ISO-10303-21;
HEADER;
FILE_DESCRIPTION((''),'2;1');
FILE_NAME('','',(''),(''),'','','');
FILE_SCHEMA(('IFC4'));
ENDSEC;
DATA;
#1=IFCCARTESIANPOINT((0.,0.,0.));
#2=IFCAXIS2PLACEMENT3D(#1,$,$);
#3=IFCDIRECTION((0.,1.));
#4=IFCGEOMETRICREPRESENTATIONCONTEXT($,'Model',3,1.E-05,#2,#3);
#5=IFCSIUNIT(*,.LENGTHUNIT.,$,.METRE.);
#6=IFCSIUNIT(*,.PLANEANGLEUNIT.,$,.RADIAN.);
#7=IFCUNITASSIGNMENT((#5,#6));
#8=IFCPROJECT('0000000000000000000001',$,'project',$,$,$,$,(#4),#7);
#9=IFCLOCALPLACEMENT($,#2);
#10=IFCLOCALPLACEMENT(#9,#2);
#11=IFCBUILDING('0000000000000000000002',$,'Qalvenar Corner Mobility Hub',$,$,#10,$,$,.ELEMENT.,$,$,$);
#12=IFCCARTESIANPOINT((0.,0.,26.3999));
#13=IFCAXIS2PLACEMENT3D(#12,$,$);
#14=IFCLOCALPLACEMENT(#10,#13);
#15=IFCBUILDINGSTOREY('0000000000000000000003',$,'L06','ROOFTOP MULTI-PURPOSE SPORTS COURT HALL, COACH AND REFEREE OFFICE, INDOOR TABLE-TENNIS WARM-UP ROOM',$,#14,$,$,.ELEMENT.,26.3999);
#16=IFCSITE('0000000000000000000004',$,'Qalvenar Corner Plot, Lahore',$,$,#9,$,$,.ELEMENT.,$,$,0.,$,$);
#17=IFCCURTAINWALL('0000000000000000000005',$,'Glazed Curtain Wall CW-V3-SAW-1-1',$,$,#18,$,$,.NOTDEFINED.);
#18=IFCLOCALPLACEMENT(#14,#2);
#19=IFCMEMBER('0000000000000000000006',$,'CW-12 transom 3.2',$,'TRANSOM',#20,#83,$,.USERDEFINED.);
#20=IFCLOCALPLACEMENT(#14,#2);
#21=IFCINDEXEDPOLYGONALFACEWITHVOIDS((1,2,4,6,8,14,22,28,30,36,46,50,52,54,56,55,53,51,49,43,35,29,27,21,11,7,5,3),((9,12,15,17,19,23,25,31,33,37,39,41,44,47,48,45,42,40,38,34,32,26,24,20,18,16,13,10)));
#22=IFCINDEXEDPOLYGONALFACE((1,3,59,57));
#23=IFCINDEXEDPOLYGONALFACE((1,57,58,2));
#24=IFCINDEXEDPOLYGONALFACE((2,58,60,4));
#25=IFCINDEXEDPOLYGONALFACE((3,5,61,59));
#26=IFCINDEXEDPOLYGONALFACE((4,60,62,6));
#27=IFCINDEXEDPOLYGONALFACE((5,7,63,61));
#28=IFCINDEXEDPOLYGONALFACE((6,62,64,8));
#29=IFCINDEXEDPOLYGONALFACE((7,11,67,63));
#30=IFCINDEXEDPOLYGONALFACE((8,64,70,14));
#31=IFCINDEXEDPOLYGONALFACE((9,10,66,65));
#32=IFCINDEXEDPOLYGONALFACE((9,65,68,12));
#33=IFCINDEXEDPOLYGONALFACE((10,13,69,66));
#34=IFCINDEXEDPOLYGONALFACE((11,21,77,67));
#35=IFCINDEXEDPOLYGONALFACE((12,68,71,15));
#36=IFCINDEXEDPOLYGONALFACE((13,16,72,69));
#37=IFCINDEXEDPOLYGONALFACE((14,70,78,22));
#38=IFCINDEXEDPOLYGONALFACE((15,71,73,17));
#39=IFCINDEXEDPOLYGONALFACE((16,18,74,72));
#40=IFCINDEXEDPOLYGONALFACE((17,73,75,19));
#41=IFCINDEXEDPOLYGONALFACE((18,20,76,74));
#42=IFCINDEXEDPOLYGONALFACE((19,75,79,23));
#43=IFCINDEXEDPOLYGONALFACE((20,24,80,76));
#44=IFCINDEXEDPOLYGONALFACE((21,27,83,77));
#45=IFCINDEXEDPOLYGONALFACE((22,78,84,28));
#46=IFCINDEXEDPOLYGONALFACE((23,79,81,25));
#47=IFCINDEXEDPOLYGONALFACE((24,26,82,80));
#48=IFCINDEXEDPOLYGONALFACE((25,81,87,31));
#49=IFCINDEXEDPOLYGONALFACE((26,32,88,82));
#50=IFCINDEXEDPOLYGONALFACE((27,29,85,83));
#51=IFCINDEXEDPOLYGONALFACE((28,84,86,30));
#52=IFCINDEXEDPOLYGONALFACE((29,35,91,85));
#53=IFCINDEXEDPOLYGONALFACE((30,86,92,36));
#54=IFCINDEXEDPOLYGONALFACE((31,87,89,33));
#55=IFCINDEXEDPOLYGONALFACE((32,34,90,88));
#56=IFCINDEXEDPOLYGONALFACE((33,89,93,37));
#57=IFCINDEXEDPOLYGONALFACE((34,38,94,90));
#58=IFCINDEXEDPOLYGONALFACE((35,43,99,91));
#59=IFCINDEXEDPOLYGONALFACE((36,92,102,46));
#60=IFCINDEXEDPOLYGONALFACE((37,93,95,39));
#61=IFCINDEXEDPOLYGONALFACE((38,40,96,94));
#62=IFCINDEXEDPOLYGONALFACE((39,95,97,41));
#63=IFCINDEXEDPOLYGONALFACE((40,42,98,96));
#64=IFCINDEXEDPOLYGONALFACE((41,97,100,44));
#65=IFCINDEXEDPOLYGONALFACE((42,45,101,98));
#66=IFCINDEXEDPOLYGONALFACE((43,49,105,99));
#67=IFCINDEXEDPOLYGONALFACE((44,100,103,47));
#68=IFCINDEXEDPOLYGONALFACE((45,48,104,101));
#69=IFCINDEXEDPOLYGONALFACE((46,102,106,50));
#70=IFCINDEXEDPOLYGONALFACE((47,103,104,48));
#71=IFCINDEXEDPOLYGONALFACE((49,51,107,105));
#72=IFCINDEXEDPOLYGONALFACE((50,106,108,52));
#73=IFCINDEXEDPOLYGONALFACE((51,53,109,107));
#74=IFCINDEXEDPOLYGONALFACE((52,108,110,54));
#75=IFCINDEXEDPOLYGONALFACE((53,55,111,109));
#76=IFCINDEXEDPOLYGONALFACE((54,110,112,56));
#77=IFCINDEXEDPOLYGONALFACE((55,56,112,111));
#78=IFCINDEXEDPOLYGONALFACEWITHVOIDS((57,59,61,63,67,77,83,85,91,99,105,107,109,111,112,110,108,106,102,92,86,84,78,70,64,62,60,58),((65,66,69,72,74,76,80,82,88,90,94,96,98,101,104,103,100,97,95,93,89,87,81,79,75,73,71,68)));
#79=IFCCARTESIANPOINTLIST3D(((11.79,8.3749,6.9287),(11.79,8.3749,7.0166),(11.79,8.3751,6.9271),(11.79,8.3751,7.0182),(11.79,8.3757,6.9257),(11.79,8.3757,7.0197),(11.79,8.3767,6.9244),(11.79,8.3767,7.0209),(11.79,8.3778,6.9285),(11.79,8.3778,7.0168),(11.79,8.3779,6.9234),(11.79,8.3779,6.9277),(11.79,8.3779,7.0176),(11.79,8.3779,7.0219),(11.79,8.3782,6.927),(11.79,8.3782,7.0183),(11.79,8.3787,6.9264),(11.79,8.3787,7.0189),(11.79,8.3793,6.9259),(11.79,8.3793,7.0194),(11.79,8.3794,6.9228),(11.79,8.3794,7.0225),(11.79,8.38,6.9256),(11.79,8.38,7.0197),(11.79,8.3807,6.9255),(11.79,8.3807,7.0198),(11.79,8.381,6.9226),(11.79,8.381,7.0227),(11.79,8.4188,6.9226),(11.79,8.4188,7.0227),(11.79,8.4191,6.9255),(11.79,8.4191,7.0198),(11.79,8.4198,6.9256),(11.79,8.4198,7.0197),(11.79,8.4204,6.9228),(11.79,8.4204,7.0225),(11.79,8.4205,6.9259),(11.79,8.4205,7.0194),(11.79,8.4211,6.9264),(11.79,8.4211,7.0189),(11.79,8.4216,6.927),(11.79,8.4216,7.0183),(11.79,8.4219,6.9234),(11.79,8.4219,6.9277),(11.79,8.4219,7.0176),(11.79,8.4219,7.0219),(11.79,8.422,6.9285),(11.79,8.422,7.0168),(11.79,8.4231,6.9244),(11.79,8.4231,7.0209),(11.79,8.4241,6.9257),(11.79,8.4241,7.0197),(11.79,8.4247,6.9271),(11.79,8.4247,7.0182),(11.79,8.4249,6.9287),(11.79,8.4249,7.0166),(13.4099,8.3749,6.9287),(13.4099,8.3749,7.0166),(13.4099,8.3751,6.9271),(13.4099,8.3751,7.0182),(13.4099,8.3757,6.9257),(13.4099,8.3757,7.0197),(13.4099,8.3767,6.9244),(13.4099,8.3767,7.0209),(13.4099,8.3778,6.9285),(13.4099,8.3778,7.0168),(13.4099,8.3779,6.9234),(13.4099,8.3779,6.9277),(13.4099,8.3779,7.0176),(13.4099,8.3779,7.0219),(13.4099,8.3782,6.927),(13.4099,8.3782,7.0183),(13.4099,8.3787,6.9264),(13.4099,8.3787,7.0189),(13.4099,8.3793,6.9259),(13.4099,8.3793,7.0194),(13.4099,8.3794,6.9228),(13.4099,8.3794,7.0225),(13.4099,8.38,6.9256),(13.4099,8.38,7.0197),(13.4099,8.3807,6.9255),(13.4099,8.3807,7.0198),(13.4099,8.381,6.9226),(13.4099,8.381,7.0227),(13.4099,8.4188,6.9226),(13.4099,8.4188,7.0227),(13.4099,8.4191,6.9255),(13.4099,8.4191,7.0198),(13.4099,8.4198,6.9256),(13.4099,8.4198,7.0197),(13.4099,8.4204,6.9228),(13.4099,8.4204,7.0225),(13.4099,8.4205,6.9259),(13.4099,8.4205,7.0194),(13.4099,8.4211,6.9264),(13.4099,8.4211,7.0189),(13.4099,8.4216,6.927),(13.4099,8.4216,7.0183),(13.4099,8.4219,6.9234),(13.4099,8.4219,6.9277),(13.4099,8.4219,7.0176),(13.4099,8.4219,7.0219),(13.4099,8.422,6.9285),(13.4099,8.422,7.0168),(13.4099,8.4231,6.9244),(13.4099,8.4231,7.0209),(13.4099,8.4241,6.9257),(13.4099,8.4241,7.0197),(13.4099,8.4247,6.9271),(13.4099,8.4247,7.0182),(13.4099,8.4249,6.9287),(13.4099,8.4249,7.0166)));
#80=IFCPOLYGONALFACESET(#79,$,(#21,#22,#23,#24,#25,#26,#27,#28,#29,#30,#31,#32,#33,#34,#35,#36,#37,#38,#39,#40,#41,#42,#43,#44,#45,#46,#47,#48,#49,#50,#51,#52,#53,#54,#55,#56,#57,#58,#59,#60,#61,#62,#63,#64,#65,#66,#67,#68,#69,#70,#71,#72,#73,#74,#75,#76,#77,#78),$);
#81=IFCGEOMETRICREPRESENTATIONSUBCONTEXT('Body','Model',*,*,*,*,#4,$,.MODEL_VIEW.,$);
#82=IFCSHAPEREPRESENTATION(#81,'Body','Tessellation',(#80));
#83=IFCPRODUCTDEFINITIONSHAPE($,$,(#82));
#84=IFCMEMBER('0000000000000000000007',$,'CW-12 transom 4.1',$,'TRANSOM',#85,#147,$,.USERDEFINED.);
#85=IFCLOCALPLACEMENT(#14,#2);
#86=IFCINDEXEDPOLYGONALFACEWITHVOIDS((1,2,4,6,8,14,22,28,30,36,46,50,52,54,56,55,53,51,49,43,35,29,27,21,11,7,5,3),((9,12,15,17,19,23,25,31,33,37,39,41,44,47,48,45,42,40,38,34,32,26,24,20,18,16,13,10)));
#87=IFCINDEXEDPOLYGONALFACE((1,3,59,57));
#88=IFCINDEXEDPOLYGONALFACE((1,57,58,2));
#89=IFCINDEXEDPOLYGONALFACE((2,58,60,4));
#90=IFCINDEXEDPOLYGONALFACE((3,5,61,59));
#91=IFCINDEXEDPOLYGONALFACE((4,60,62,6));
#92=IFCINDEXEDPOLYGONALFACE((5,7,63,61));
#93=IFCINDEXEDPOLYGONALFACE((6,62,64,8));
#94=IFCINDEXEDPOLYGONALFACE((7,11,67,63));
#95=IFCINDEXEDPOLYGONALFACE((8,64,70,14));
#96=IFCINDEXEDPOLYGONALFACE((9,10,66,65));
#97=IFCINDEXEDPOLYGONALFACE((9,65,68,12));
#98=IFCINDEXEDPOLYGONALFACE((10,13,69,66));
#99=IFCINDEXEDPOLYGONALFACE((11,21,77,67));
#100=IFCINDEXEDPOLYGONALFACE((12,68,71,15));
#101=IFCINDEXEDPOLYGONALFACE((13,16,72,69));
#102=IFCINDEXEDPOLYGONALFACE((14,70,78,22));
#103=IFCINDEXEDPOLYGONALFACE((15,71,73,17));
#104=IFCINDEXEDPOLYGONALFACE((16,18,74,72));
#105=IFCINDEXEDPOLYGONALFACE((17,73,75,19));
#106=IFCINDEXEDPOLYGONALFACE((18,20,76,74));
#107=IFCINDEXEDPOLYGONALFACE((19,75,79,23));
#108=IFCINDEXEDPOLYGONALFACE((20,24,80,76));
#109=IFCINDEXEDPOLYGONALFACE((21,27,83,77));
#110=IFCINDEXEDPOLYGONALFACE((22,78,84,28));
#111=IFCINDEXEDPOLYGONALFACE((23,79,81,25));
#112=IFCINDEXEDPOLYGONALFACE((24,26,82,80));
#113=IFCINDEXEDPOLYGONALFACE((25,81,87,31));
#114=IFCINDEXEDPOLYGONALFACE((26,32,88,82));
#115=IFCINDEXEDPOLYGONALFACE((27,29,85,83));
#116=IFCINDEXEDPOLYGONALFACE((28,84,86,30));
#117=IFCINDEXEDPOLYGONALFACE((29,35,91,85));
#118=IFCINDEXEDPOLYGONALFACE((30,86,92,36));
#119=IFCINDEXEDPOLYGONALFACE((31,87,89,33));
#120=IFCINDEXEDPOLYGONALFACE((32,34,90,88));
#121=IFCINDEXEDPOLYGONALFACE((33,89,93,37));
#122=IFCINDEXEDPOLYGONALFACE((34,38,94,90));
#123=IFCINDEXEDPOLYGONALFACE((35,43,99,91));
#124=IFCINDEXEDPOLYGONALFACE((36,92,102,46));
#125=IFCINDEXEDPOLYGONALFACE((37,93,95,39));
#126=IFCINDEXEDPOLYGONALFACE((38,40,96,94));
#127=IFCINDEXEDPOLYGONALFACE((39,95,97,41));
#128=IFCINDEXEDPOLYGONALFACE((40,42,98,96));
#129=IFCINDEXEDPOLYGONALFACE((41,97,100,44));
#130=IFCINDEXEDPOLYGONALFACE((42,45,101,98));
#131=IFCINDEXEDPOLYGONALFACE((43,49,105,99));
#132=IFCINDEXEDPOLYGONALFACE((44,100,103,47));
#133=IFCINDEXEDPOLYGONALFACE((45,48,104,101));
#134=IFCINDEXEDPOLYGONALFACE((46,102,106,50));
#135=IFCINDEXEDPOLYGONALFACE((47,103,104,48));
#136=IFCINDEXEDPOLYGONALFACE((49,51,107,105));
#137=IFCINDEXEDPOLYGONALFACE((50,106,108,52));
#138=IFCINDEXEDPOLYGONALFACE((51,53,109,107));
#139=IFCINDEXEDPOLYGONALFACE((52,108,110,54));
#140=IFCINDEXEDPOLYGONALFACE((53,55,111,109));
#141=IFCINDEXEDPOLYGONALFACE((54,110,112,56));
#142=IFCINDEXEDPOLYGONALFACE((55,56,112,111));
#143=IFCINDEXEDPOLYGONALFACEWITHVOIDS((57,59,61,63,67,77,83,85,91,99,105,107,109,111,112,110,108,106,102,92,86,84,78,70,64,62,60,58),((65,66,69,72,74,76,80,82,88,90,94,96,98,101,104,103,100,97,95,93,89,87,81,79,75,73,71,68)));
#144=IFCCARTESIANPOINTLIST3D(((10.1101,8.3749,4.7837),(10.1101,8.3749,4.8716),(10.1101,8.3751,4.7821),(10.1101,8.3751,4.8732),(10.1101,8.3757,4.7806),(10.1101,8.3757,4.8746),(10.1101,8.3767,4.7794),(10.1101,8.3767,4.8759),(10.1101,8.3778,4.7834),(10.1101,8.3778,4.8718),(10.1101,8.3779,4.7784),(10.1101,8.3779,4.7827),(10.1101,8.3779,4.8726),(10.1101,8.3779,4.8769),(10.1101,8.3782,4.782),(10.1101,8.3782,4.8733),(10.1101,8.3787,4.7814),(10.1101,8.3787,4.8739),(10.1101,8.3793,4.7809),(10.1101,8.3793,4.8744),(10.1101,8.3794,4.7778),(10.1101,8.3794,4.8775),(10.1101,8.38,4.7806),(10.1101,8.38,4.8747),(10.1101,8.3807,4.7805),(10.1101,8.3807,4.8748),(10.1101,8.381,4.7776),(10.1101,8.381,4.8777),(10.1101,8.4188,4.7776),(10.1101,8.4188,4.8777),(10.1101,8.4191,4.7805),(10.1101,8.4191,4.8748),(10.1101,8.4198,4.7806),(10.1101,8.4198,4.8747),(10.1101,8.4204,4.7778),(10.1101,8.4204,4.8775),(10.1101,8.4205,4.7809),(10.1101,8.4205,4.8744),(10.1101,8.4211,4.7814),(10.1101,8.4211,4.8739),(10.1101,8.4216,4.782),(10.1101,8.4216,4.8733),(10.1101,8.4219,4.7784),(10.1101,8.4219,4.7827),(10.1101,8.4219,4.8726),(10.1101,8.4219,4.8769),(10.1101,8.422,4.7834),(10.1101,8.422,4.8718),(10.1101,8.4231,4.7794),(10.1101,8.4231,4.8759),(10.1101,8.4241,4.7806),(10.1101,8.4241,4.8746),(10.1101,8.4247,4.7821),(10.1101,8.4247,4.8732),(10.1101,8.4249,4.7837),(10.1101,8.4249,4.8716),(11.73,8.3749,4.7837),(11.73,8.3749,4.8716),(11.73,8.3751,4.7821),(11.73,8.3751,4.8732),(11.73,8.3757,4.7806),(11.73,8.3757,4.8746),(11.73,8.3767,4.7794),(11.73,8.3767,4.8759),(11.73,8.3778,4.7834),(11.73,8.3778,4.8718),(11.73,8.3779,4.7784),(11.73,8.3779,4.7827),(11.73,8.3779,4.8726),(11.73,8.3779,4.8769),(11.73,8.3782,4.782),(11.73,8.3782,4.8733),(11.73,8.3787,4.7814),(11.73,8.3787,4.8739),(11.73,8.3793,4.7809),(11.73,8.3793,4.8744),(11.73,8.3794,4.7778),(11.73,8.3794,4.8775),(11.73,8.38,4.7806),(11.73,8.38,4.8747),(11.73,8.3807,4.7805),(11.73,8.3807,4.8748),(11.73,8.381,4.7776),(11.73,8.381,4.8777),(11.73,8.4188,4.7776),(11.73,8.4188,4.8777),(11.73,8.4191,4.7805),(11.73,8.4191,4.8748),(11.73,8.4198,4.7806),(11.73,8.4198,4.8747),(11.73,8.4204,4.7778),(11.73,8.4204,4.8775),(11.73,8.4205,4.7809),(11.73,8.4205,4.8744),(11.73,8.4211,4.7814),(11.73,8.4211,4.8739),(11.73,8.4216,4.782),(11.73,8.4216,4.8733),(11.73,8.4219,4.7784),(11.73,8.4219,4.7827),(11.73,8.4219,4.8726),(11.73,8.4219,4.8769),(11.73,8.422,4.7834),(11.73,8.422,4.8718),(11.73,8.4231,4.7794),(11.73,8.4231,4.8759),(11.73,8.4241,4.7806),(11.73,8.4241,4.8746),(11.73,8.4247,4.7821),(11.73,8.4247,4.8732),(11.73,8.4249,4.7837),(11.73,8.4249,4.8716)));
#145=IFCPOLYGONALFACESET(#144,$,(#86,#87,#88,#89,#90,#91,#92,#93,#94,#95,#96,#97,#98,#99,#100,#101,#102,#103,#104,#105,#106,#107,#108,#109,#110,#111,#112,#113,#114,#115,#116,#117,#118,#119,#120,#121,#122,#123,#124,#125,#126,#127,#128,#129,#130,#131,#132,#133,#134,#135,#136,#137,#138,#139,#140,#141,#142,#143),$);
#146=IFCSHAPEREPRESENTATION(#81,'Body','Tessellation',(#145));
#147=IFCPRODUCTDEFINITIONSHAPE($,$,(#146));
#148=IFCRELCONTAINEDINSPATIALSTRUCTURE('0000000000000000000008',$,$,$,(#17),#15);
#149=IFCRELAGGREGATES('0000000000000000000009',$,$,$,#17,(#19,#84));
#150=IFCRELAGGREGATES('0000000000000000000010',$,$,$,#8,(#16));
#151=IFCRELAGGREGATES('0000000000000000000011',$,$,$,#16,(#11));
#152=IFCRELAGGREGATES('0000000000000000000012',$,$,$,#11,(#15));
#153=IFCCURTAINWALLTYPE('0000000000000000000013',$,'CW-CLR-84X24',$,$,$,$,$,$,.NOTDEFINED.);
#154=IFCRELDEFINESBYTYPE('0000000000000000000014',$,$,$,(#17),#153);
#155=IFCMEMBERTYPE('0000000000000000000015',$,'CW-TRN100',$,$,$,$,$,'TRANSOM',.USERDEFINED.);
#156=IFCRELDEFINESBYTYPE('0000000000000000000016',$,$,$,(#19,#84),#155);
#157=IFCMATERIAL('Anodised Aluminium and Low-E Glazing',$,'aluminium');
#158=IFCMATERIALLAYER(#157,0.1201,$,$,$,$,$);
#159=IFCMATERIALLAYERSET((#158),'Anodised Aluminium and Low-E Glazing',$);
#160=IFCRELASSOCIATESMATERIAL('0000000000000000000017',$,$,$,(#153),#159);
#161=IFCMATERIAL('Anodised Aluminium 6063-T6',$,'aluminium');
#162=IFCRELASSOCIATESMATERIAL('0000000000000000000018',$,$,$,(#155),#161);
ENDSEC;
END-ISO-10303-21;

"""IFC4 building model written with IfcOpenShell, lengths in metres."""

from ifc_helpers import new_model, si_unit, direction, frame, origin, origin_2d, place, context, subcontext, project, spatial, hollow_rectangle, extrude, material, layer, layer_set, material_profile, profile_set, type_object, element, aggregate, save


model = new_model("IFC4")

# Units and contexts
model_context = context("Model", 3, precision=1e-05, world=origin(), true_north=direction((0.0, 1.0)))
body_context = subcontext(model_context, "Body", "Model", "MODEL_VIEW")
ifc_project = project(units=[si_unit("LENGTHUNIT", "METRE"), si_unit("PLANEANGLEUNIT", "RADIAN")], contexts=[model_context])

# Site, building, storey
site_placement = place(None, origin())
site = spatial("IfcSite", under=ifc_project, at=site_placement, Name="Qalvenar Corner Plot, Lahore", CompositionType="ELEMENT", RefElevation=0.0)
building_placement = place(site_placement, origin())
building = spatial("IfcBuilding", under=site, at=building_placement, Name="Qalvenar Corner Mobility Hub", CompositionType="ELEMENT")
storey_placement = place(building_placement, frame((0.0, 0.0, 26.3999)))
storey = spatial("IfcBuildingStorey", under=building, at=storey_placement, Name="L06", Description="ROOFTOP MULTI-PURPOSE SPORTS COURT HALL, COACH AND REFEREE OFFICE, INDOOR TABLE-TENNIS WARM-UP ROOM", CompositionType="ELEMENT", Elevation=26.3999)

# Curtain wall, members
ifc_material_1 = material(Name="Anodised Aluminium and Low-E Glazing", Category="aluminium")
ifc_layer_1 = layer(ifc_material_1, 0.1201)
ifc_layer_set_1 = layer_set([ifc_layer_1], Name="Anodised Aluminium and Low-E Glazing")
curtain_wall_type = type_object("IfcCurtainWallType", Name="CW-CLR-84X24", PredefinedType="NOTDEFINED", material=ifc_layer_set_1)
curtain_wall_placement = place(storey_placement, origin())
curtain_wall = element("IfcCurtainWall", 1, at=curtain_wall_placement, inside=storey, type_object=curtain_wall_type, Name="Glazed Curtain Wall CW-V3-SAW-1-1", PredefinedType="NOTDEFINED")
ifc_material_2 = material(Name="Anodised Aluminium 6063-T6", Category="aluminium")
ifc_material_profile_1 = material_profile(ifc_material_2, hollow_rectangle(XDim=0.05, YDim=0.1001, WallThickness=0.0029, InnerFilletRadius=0.0029, OuterFilletRadius=0.0061, at=origin_2d()), Name="RHS100x50x3")
ifc_profile_set_1 = profile_set([ifc_material_profile_1], Name="Anodised Aluminium 6063-T6")
member_type_1 = type_object("IfcMemberType", Name="CW-TRN100", ElementType="TRANSOM", PredefinedType="USERDEFINED", material=ifc_profile_set_1)
member_1_placement = place(storey_placement, frame((13.4099, 8.3999, 6.9727), z_axis=(-1.0, 0.0, 0.0), x_axis=(0.0, -1.0, 0.0)))
member_1 = element("IfcMember", 2, at=member_1_placement, type_object=member_type_1, Name="CW-12 transom 3.2", ObjectType="TRANSOM", PredefinedType="USERDEFINED", context=body_context, shape_type="SweptSolid", body=[
    extrude(hollow_rectangle(XDim=0.05, YDim=0.1001, WallThickness=0.0029, InnerFilletRadius=0.0029, OuterFilletRadius=0.0061, at=origin_2d()), origin(), (0.0, 0.0, 1.0), 1.6199),
])
member_2_placement = place(storey_placement, frame((11.73, 8.3999, 4.8276), z_axis=(-1.0, 0.0, 0.0), x_axis=(0.0, -1.0, 0.0)))
member_2 = element("IfcMember", 3, at=member_2_placement, type_object=member_type_1, Name="CW-12 transom 4.1", ObjectType="TRANSOM", PredefinedType="USERDEFINED", context=body_context, shape_type="SweptSolid", body=[
    extrude(hollow_rectangle(XDim=0.05, YDim=0.1001, WallThickness=0.0029, InnerFilletRadius=0.0029, OuterFilletRadius=0.0061, at=origin_2d()), origin(), (0.0, 0.0, 1.0), 1.6199),
])

aggregate(curtain_wall, [member_1, member_2])

save(model, "model.ifc")
